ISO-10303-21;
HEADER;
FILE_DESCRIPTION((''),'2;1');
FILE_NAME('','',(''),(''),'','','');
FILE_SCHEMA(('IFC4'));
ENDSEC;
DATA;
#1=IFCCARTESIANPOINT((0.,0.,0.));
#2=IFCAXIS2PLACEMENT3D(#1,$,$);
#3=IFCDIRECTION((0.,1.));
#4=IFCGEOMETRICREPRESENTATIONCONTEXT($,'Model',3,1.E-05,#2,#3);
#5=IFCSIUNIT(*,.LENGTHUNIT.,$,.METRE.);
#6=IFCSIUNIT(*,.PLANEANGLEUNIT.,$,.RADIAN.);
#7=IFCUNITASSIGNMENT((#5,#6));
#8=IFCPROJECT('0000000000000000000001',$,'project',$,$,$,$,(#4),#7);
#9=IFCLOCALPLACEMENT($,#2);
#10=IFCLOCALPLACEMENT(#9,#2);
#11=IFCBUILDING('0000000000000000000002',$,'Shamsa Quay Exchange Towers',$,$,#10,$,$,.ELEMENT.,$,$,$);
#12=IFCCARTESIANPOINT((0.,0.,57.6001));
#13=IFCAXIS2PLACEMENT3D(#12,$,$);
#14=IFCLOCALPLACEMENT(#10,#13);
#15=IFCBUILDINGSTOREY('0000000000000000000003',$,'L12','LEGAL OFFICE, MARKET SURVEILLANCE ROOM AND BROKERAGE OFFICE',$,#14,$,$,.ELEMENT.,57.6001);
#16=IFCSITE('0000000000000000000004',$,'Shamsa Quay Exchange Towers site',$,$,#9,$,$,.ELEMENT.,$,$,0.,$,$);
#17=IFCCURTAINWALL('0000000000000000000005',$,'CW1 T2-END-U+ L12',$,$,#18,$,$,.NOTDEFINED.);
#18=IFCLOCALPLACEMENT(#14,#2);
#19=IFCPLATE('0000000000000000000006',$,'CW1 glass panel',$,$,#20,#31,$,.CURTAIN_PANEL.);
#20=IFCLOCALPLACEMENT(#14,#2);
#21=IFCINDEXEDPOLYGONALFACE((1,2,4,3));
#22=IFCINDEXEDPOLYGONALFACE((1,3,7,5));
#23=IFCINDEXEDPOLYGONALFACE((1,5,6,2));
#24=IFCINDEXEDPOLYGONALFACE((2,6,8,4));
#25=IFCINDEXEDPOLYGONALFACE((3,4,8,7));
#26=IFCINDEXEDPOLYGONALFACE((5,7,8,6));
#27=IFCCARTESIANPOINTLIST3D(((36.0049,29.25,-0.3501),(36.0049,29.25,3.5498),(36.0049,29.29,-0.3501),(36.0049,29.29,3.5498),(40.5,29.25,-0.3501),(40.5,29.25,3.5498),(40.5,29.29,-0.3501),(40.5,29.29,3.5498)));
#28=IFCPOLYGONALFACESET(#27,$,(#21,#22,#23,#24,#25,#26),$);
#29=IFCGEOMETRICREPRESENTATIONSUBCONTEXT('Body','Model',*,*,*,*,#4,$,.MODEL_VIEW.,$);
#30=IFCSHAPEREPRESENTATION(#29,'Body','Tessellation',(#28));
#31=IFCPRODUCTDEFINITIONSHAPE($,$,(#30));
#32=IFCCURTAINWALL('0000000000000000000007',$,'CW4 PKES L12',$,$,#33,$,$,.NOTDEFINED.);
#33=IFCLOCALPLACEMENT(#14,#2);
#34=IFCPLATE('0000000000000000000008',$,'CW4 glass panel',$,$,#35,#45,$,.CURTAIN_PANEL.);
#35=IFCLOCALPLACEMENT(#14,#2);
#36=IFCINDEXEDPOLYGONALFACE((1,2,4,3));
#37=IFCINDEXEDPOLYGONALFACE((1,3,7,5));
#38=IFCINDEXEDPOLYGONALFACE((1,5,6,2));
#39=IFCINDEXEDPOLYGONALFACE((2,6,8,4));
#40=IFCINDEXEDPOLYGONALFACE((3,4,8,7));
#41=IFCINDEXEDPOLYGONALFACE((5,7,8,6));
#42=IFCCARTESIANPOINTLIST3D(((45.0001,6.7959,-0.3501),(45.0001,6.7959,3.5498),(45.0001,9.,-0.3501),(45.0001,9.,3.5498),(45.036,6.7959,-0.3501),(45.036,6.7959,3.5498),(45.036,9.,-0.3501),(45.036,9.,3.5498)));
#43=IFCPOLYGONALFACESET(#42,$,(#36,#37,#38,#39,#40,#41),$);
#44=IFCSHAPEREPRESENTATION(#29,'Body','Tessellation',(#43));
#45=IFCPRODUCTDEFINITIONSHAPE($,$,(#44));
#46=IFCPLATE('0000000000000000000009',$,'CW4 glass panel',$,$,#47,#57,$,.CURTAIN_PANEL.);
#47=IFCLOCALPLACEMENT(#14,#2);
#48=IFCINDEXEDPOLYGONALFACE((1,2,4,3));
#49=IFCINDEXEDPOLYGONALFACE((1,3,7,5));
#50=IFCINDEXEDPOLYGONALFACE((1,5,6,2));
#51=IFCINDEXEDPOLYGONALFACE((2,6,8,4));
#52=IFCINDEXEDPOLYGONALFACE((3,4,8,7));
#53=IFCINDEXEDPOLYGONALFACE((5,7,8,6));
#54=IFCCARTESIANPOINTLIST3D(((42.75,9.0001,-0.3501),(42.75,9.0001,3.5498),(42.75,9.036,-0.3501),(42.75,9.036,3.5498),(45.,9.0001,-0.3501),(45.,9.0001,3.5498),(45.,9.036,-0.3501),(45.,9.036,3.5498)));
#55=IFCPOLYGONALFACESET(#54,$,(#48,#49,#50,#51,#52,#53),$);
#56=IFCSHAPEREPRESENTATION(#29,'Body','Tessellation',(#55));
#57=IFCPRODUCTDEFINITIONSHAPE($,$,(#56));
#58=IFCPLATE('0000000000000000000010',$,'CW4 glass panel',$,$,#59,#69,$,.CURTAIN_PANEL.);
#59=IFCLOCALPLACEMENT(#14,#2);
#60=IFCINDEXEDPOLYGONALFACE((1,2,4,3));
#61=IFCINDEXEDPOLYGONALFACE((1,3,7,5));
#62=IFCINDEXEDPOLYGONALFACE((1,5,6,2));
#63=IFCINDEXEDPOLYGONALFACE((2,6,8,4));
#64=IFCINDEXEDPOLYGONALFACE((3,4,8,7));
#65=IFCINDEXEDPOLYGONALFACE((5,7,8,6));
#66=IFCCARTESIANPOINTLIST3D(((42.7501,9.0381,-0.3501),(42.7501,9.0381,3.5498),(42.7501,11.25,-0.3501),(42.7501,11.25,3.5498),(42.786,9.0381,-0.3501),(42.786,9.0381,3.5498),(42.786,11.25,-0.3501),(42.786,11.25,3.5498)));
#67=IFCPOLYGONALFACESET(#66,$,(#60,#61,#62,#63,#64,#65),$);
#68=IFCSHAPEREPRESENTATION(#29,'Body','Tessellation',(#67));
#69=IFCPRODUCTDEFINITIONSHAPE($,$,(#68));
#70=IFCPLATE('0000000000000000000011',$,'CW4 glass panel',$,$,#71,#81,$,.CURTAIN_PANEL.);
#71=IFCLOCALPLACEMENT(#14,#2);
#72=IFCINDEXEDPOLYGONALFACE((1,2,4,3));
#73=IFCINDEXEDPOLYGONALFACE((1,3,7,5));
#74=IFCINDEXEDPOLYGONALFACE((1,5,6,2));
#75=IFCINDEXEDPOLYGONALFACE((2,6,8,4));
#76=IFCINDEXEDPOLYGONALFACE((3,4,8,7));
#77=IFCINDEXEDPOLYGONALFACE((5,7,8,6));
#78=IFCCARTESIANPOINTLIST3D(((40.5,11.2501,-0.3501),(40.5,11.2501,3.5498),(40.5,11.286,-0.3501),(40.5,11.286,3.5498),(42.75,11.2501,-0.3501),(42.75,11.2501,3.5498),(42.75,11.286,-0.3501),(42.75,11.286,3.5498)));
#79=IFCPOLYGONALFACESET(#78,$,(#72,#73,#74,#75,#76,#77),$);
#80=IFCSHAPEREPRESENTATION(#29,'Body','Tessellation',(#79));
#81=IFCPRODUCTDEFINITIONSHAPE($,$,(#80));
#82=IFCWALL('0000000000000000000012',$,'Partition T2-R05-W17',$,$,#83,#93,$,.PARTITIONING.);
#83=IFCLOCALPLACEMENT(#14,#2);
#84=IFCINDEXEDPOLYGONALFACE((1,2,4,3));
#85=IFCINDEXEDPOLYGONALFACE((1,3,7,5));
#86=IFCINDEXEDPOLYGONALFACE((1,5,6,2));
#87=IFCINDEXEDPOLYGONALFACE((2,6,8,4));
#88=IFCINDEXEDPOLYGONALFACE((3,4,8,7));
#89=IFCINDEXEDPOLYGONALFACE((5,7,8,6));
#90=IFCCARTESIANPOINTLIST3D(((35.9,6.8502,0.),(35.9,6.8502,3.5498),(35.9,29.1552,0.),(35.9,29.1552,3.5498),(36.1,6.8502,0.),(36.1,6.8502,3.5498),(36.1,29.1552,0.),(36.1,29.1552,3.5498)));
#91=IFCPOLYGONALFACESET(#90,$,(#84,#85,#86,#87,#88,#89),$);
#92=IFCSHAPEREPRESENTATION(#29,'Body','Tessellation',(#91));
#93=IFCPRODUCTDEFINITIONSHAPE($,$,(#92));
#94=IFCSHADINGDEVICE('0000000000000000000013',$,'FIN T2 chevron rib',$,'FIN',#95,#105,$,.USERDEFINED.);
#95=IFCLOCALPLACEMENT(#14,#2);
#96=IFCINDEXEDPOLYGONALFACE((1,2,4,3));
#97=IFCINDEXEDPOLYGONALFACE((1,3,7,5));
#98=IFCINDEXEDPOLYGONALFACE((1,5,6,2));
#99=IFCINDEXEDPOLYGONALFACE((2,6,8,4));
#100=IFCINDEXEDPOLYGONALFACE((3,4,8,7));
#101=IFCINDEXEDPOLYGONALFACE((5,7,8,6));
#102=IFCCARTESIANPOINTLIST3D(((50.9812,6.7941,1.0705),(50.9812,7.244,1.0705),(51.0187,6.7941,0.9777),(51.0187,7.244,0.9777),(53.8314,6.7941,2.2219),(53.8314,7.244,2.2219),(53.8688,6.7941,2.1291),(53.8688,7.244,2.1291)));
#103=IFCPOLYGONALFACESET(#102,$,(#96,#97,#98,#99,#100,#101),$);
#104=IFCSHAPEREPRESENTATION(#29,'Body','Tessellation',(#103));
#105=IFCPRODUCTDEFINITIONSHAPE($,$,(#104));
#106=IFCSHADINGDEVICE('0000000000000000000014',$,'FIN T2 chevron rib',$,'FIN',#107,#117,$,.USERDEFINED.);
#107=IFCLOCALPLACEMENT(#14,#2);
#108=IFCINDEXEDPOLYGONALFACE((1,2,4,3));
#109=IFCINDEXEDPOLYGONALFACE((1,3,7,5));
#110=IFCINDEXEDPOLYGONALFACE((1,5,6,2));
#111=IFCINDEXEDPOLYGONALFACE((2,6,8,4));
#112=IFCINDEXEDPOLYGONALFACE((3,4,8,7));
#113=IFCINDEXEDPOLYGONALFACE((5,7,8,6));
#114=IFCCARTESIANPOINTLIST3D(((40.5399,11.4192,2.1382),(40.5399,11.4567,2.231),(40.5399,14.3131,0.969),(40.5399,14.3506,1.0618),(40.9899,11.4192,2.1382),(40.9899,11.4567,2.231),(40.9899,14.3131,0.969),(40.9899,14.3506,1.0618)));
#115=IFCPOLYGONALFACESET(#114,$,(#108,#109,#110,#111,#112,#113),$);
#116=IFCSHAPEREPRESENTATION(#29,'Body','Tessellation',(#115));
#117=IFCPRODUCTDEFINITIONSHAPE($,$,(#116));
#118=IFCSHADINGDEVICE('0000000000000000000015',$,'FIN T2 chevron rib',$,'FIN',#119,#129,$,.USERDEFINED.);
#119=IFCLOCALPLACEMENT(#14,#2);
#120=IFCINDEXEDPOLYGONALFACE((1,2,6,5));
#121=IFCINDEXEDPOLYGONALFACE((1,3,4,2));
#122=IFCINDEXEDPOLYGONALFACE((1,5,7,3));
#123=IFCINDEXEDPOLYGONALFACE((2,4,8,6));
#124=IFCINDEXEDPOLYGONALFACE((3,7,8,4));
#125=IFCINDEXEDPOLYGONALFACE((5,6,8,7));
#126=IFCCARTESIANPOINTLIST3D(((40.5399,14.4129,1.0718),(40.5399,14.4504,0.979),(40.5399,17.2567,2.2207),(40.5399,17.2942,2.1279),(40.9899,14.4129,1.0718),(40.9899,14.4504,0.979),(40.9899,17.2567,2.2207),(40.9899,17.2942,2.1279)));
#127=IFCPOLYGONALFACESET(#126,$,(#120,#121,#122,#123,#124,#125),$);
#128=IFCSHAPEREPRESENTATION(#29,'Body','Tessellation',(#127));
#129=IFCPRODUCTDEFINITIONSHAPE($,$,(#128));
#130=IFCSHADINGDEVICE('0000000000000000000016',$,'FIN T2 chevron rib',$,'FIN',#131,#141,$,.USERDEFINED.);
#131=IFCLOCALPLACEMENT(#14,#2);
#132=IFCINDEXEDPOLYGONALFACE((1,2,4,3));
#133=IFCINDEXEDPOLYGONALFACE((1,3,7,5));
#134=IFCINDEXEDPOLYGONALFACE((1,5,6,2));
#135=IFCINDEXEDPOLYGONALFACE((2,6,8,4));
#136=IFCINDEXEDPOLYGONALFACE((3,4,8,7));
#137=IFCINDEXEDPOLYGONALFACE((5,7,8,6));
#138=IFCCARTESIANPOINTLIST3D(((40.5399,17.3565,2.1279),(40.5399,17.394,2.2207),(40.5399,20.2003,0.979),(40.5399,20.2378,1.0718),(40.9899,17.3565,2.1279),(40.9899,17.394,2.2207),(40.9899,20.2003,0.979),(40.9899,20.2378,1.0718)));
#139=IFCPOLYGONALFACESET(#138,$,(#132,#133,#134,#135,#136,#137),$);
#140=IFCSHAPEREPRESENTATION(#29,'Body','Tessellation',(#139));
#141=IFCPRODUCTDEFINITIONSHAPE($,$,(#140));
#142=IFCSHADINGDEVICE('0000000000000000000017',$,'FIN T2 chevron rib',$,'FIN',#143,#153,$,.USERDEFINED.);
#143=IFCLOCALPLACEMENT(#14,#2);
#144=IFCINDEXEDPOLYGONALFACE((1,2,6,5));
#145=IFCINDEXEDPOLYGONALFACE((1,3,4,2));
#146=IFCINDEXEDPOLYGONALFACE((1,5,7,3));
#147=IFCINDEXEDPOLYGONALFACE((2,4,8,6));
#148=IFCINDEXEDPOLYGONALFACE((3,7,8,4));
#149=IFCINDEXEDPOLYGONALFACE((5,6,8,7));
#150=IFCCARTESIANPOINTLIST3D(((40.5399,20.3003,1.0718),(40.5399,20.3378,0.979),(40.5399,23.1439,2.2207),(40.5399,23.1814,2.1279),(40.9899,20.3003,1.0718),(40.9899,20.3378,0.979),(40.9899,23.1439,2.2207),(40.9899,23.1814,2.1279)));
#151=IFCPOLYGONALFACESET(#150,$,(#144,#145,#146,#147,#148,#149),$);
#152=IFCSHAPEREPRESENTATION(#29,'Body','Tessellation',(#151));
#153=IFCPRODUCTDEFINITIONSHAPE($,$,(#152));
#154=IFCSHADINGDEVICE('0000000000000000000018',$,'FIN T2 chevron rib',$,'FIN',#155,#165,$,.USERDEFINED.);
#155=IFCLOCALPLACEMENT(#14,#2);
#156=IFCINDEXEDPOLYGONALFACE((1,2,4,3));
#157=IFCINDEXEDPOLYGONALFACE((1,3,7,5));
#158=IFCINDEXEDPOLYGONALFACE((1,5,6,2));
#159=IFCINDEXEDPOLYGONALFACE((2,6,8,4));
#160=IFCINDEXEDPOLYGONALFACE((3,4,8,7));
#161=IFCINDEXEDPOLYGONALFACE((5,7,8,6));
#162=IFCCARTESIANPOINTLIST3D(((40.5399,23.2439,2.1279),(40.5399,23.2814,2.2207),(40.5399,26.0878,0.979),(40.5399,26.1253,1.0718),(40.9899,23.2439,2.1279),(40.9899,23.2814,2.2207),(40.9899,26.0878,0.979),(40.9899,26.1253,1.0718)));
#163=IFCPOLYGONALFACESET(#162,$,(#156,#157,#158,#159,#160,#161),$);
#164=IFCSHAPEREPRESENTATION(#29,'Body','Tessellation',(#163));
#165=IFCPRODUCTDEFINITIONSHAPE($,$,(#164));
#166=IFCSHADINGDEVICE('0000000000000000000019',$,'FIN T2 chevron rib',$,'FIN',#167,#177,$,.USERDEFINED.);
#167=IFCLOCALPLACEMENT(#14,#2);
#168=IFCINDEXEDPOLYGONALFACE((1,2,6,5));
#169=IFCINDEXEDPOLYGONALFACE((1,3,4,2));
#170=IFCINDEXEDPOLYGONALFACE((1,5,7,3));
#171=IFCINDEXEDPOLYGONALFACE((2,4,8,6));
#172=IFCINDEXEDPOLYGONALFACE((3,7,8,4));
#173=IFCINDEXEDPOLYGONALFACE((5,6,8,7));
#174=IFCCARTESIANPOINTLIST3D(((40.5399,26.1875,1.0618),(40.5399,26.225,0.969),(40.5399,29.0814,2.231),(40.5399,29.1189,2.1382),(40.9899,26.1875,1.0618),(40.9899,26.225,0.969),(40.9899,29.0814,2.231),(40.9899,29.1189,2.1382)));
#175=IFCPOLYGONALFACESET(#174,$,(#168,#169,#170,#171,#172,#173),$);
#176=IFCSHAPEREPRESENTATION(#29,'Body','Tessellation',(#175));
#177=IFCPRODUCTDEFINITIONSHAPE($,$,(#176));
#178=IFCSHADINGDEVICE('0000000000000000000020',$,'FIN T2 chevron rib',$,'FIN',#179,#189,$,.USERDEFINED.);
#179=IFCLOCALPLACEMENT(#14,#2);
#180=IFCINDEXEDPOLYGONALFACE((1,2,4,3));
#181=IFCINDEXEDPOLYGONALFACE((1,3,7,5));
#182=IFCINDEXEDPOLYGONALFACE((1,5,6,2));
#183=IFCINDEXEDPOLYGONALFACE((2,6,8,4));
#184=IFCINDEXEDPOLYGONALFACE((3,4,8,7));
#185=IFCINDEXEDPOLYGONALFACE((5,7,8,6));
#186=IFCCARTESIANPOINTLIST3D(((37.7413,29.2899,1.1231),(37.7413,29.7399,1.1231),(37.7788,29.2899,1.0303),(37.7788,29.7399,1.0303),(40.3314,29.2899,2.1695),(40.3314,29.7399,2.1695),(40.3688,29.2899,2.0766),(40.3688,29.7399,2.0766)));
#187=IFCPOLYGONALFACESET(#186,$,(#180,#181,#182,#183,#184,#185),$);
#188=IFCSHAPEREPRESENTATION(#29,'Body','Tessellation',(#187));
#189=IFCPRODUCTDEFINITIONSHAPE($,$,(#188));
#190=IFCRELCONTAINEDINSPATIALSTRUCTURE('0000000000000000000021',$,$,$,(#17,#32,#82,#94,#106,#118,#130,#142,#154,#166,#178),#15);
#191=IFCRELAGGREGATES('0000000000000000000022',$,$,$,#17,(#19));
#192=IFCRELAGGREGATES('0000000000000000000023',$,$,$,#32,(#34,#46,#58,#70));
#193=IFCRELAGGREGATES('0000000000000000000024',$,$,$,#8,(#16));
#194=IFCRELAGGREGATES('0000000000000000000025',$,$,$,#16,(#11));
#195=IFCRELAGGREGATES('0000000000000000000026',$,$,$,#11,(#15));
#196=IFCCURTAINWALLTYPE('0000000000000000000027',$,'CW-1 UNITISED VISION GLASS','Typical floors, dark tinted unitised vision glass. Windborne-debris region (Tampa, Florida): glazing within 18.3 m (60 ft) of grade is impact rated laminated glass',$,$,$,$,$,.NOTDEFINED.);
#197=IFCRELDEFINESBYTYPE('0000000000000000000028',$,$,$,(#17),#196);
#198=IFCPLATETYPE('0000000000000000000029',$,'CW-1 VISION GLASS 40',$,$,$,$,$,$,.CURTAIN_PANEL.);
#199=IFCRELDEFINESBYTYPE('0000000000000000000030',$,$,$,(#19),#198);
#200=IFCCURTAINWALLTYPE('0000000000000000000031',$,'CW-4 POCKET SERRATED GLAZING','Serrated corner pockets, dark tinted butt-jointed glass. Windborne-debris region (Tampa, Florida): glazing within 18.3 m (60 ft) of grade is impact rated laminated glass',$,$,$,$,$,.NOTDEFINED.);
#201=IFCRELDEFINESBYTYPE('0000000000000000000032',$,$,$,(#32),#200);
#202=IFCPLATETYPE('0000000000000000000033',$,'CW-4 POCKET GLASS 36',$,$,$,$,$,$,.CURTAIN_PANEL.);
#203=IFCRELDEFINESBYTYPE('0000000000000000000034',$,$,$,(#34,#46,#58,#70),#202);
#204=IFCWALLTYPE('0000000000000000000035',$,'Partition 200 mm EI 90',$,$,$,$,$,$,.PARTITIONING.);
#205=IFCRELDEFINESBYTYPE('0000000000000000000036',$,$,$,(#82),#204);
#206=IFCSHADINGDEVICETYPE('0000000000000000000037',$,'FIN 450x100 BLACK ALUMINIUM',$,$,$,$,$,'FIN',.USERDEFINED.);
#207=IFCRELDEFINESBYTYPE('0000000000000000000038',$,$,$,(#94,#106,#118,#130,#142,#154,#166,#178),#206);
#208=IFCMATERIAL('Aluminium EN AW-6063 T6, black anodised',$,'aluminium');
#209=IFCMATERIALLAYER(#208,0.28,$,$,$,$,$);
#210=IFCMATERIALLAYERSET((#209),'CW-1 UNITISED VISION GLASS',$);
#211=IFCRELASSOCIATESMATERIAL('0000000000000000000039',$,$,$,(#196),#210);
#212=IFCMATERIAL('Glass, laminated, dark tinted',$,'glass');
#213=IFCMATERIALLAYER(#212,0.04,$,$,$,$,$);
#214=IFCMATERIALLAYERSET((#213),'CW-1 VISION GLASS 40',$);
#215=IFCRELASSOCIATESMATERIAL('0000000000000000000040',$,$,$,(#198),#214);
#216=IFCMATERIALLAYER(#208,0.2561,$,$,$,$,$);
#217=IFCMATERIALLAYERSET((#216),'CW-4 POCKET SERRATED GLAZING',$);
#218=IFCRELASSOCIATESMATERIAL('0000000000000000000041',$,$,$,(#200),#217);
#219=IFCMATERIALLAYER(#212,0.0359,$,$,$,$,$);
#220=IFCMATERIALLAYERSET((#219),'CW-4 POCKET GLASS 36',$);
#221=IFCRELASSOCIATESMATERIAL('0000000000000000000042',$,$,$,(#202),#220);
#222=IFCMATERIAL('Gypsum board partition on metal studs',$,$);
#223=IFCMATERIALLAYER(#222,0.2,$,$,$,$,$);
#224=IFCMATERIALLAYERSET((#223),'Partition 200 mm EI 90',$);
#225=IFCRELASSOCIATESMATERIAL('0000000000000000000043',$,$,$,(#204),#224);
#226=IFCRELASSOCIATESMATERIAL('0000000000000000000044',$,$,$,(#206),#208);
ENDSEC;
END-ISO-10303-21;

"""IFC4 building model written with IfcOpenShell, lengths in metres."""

from ifc_helpers import new_model, si_unit, direction, frame, frame_2d, origin, origin_2d, place, context, subcontext, project, spatial, rectangle, extrude, material, layer, layer_set, material_profile, profile_set, type_object, element, aggregate, save


model = new_model("IFC4")

# Units and contexts
model_context = context("Model", 3, precision=1e-05, world=origin(), true_north=direction((0.0, 1.0)))
body_context = subcontext(model_context, "Body", "Model", "MODEL_VIEW")
ifc_project = project(units=[si_unit("LENGTHUNIT", "METRE"), si_unit("PLANEANGLEUNIT", "RADIAN")], contexts=[model_context])

# Site, building, storey
site_placement = place(None, origin())
site = spatial("IfcSite", under=ifc_project, at=site_placement, Name="Shamsa Quay Exchange Towers site", CompositionType="ELEMENT", RefElevation=0.0)
building_placement = place(site_placement, origin())
building = spatial("IfcBuilding", under=site, at=building_placement, Name="Shamsa Quay Exchange Towers", CompositionType="ELEMENT")
storey_placement = place(building_placement, frame((0.0, 0.0, 57.6001)))
storey = spatial("IfcBuildingStorey", under=building, at=storey_placement, Name="L12", Description="LEGAL OFFICE, MARKET SURVEILLANCE ROOM AND BROKERAGE OFFICE", CompositionType="ELEMENT", Elevation=57.6001)

# Shared definitions
ifc_material_1 = material(Name="Aluminium EN AW-6063 T6, black anodised", Category="aluminium")
ifc_layer_1 = layer(ifc_material_1, 0.28)
ifc_layer_set_1 = layer_set([ifc_layer_1], Name="CW-1 UNITISED VISION GLASS")
curtain_wall_type_1 = type_object("IfcCurtainWallType", Name="CW-1 UNITISED VISION GLASS", Description="Typical floors, dark tinted unitised vision glass. Windborne-debris region (Tampa, Florida): glazing within 18.3 m (60 ft) of grade is impact rated laminated glass", PredefinedType="NOTDEFINED", material=ifc_layer_set_1)
ifc_material_2 = material(Name="Glass, laminated, dark tinted", Category="glass")
ifc_layer_2 = layer(ifc_material_2, 0.04)
ifc_layer_set_2 = layer_set([ifc_layer_2], Name="CW-1 VISION GLASS 40")
plate_type_1 = type_object("IfcPlateType", Name="CW-1 VISION GLASS 40", PredefinedType="CURTAIN_PANEL", material=ifc_layer_set_2)

# Curtain wall, plate
curtain_wall_1_placement = place(storey_placement, origin())
curtain_wall_1 = element("IfcCurtainWall", 1, at=curtain_wall_1_placement, inside=storey, type_object=curtain_wall_type_1, Name="CW1 T2-END-U+ L12", PredefinedType="NOTDEFINED")
plate_1_placement = place(storey_placement, frame((38.2524, 29.27, -0.3501), z_axis=(0.0, 0.0, 1.0), x_axis=(-1.0, 0.0, 0.0)))
plate_1 = element("IfcPlate", 2, at=plate_1_placement, type_object=plate_type_1, Name="CW1 glass panel", PredefinedType="CURTAIN_PANEL", context=body_context, shape_type="SweptSolid", body=[
    extrude(rectangle(XDim=4.4951, YDim=0.04, at=origin_2d()), origin(), (0.0, 0.0, 1.0), 3.8999),
])
aggregate(curtain_wall_1, [plate_1])

# Curtain wall, plates
ifc_layer_3 = layer(ifc_material_1, 0.2561)
ifc_layer_set_3 = layer_set([ifc_layer_3], Name="CW-4 POCKET SERRATED GLAZING")
curtain_wall_type_2 = type_object("IfcCurtainWallType", Name="CW-4 POCKET SERRATED GLAZING", Description="Serrated corner pockets, dark tinted butt-jointed glass. Windborne-debris region (Tampa, Florida): glazing within 18.3 m (60 ft) of grade is impact rated laminated glass", PredefinedType="NOTDEFINED", material=ifc_layer_set_3)
curtain_wall_2_placement = place(storey_placement, origin())
curtain_wall_2 = element("IfcCurtainWall", 3, at=curtain_wall_2_placement, inside=storey, type_object=curtain_wall_type_2, Name="CW4 PKES L12", PredefinedType="NOTDEFINED")
ifc_layer_4 = layer(ifc_material_2, 0.0359)
ifc_layer_set_4 = layer_set([ifc_layer_4], Name="CW-4 POCKET GLASS 36")
plate_type_2 = type_object("IfcPlateType", Name="CW-4 POCKET GLASS 36", PredefinedType="CURTAIN_PANEL", material=ifc_layer_set_4)
plate_2_placement = place(storey_placement, frame((45.0181, 7.8979, -0.3501), z_axis=(0.0, 0.0, 1.0), x_axis=(0.0, 1.0, 0.0)))
plate_2 = element("IfcPlate", 4, at=plate_2_placement, type_object=plate_type_2, Name="CW4 glass panel", PredefinedType="CURTAIN_PANEL", context=body_context, shape_type="SweptSolid", body=[
    extrude(rectangle(XDim=2.2041, YDim=0.0359, at=origin_2d()), origin(), (0.0, 0.0, 1.0), 3.8999),
])
plate_3_placement = place(storey_placement, frame((43.875, 9.0181, -0.3501), z_axis=(0.0, 0.0, 1.0), x_axis=(-1.0, 0.0, 0.0)))
plate_3 = element("IfcPlate", 5, at=plate_3_placement, type_object=plate_type_2, Name="CW4 glass panel", PredefinedType="CURTAIN_PANEL", context=body_context, shape_type="SweptSolid", body=[
    extrude(rectangle(XDim=2.25, YDim=0.0359, at=origin_2d()), origin(), (0.0, 0.0, 1.0), 3.8999),
])
plate_4_placement = place(storey_placement, frame((42.7681, 10.144, -0.3501), z_axis=(0.0, 0.0, 1.0), x_axis=(0.0, 1.0, 0.0)))
plate_4 = element("IfcPlate", 6, at=plate_4_placement, type_object=plate_type_2, Name="CW4 glass panel", PredefinedType="CURTAIN_PANEL", context=body_context, shape_type="SweptSolid", body=[
    extrude(rectangle(XDim=2.2119, YDim=0.0359, at=origin_2d()), origin(), (0.0, 0.0, 1.0), 3.8999),
])
plate_5_placement = place(storey_placement, frame((41.625, 11.2681, -0.3501), z_axis=(0.0, 0.0, 1.0), x_axis=(-1.0, 0.0, 0.0)))
plate_5 = element("IfcPlate", 7, at=plate_5_placement, type_object=plate_type_2, Name="CW4 glass panel", PredefinedType="CURTAIN_PANEL", context=body_context, shape_type="SweptSolid", body=[
    extrude(rectangle(XDim=2.25, YDim=0.0359, at=origin_2d()), origin(), (0.0, 0.0, 1.0), 3.8999),
])
aggregate(curtain_wall_2, [plate_2, plate_3, plate_4, plate_5])

# Wall
ifc_material_3 = material(Name="Gypsum board partition on metal studs")
ifc_layer_5 = layer(ifc_material_3, 0.2)
ifc_layer_set_5 = layer_set([ifc_layer_5], Name="Partition 200 mm EI 90")
wall_type = type_object("IfcWallType", Name="Partition 200 mm EI 90", PredefinedType="PARTITIONING", material=ifc_layer_set_5)
wall_placement = place(storey_placement, frame((36.0, 29.155, 0.0), z_axis=(0.0, 0.0, 1.0), x_axis=(0.0, -1.0, 0.0)))
element("IfcWall", 8, at=wall_placement, inside=storey, type_object=wall_type, Name="Partition T2-R05-W17", PredefinedType="PARTITIONING", context=body_context, shape_type="SweptSolid", body=[
    extrude(rectangle(XDim=22.3049, YDim=0.2, at=frame_2d((11.1523, 0.0))), origin(), (0.0, 0.0, 1.0), 3.5498),
])

# Shading devices
ifc_material_profile_1 = material_profile(ifc_material_1, rectangle(XDim=0.45, YDim=0.1001, at=origin_2d()), Name="FIN450x100")
ifc_profile_set_1 = profile_set([ifc_material_profile_1], Name="Aluminium EN AW-6063 T6, black anodised")
shading_device_type = type_object("IfcShadingDeviceType", Name="FIN 450x100 BLACK ALUMINIUM", ElementType="FIN", PredefinedType="USERDEFINED", material=ifc_profile_set_1)
shading_device_1_placement = place(storey_placement, frame((53.8501, 7.019, 2.1755), z_axis=(-0.9272, 0.0, -0.374565), x_axis=(0.0, -1.0, 0.0)))
element("IfcShadingDevice", 9, at=shading_device_1_placement, inside=storey, type_object=shading_device_type, Name="FIN T2 chevron rib", ObjectType="FIN", PredefinedType="USERDEFINED", context=body_context, shape_type="SweptSolid", body=[
    extrude(rectangle(XDim=0.45, YDim=0.1001, at=origin_2d()), origin(), (0.0, 0.0, 1.0), 3.074),
])
shading_device_2_placement = place(storey_placement, frame((40.7649, 11.438, 2.1846), z_axis=(0.0, 0.927182, -0.374612), x_axis=(-1.0, 0.0, 0.0)))
element("IfcShadingDevice", 10, at=shading_device_2_placement, inside=storey, type_object=shading_device_type, Name="FIN T2 chevron rib", ObjectType="FIN", PredefinedType="USERDEFINED", context=body_context, shape_type="SweptSolid", body=[
    extrude(rectangle(XDim=0.45, YDim=0.1001, at=origin_2d()), origin(), (0.0, 0.0, 1.0), 3.1211),
])
for number, where, z_axis, x_axis, name in (
    (11, (40.7649, 14.4316, 1.0254), (0.0, 0.927187, 0.3746), (-1.0, 0.0, 0.0), "FIN T2 chevron rib"),
    (12, (40.7649, 17.3752, 2.1743), (0.0, 0.927187, -0.3746), (-1.0, 0.0, 0.0), "FIN T2 chevron rib"),
):
    element("IfcShadingDevice", number, at=place(storey_placement, frame(where, z_axis=z_axis, x_axis=x_axis)), inside=storey, type_object=shading_device_type, Name=name, ObjectType="FIN", PredefinedType="USERDEFINED", context=body_context, shape_type="SweptSolid", body=[
        extrude(rectangle(XDim=0.45, YDim=0.1001, at=origin_2d()), origin(), (0.0, 0.0, 1.0), 3.0671),
    ])
shading_device_3_placement = place(storey_placement, frame((40.7649, 20.3191, 1.0254), z_axis=(0.0, 0.927175, 0.374628), x_axis=(-1.0, 0.0, 0.0)))
element("IfcShadingDevice", 13, at=shading_device_3_placement, inside=storey, type_object=shading_device_type, Name="FIN T2 chevron rib", ObjectType="FIN", PredefinedType="USERDEFINED", context=body_context, shape_type="SweptSolid", body=[
    extrude(rectangle(XDim=0.45, YDim=0.1001, at=origin_2d()), origin(), (0.0, 0.0, 1.0), 3.0669),
])
shading_device_4_placement = place(storey_placement, frame((40.7649, 23.2627, 2.1743), z_axis=(0.0, 0.927187, -0.3746), x_axis=(-1.0, 0.0, 0.0)))
element("IfcShadingDevice", 14, at=shading_device_4_placement, inside=storey, type_object=shading_device_type, Name="FIN T2 chevron rib", ObjectType="FIN", PredefinedType="USERDEFINED", context=body_context, shape_type="SweptSolid", body=[
    extrude(rectangle(XDim=0.45, YDim=0.1001, at=origin_2d()), origin(), (0.0, 0.0, 1.0), 3.0671),
])
shading_device_5_placement = place(storey_placement, frame((40.7649, 26.2063, 1.0154), z_axis=(0.0, 0.927182, 0.374612), x_axis=(-1.0, 0.0, 0.0)))
element("IfcShadingDevice", 15, at=shading_device_5_placement, inside=storey, type_object=shading_device_type, Name="FIN T2 chevron rib", ObjectType="FIN", PredefinedType="USERDEFINED", context=body_context, shape_type="SweptSolid", body=[
    extrude(rectangle(XDim=0.45, YDim=0.1001, at=origin_2d()), origin(), (0.0, 0.0, 1.0), 3.1211),
])
shading_device_6_placement = place(storey_placement, frame((40.3501, 29.5149, 2.123), z_axis=(-0.927193, 0.0, -0.374583), x_axis=(0.0, -1.0, 0.0)))
element("IfcShadingDevice", 16, at=shading_device_6_placement, inside=storey, type_object=shading_device_type, Name="FIN T2 chevron rib", ObjectType="FIN", PredefinedType="USERDEFINED", context=body_context, shape_type="SweptSolid", body=[
    extrude(rectangle(XDim=0.45, YDim=0.1001, at=origin_2d()), origin(), (0.0, 0.0, 1.0), 2.7935),
])

save(model, "model.ifc")
